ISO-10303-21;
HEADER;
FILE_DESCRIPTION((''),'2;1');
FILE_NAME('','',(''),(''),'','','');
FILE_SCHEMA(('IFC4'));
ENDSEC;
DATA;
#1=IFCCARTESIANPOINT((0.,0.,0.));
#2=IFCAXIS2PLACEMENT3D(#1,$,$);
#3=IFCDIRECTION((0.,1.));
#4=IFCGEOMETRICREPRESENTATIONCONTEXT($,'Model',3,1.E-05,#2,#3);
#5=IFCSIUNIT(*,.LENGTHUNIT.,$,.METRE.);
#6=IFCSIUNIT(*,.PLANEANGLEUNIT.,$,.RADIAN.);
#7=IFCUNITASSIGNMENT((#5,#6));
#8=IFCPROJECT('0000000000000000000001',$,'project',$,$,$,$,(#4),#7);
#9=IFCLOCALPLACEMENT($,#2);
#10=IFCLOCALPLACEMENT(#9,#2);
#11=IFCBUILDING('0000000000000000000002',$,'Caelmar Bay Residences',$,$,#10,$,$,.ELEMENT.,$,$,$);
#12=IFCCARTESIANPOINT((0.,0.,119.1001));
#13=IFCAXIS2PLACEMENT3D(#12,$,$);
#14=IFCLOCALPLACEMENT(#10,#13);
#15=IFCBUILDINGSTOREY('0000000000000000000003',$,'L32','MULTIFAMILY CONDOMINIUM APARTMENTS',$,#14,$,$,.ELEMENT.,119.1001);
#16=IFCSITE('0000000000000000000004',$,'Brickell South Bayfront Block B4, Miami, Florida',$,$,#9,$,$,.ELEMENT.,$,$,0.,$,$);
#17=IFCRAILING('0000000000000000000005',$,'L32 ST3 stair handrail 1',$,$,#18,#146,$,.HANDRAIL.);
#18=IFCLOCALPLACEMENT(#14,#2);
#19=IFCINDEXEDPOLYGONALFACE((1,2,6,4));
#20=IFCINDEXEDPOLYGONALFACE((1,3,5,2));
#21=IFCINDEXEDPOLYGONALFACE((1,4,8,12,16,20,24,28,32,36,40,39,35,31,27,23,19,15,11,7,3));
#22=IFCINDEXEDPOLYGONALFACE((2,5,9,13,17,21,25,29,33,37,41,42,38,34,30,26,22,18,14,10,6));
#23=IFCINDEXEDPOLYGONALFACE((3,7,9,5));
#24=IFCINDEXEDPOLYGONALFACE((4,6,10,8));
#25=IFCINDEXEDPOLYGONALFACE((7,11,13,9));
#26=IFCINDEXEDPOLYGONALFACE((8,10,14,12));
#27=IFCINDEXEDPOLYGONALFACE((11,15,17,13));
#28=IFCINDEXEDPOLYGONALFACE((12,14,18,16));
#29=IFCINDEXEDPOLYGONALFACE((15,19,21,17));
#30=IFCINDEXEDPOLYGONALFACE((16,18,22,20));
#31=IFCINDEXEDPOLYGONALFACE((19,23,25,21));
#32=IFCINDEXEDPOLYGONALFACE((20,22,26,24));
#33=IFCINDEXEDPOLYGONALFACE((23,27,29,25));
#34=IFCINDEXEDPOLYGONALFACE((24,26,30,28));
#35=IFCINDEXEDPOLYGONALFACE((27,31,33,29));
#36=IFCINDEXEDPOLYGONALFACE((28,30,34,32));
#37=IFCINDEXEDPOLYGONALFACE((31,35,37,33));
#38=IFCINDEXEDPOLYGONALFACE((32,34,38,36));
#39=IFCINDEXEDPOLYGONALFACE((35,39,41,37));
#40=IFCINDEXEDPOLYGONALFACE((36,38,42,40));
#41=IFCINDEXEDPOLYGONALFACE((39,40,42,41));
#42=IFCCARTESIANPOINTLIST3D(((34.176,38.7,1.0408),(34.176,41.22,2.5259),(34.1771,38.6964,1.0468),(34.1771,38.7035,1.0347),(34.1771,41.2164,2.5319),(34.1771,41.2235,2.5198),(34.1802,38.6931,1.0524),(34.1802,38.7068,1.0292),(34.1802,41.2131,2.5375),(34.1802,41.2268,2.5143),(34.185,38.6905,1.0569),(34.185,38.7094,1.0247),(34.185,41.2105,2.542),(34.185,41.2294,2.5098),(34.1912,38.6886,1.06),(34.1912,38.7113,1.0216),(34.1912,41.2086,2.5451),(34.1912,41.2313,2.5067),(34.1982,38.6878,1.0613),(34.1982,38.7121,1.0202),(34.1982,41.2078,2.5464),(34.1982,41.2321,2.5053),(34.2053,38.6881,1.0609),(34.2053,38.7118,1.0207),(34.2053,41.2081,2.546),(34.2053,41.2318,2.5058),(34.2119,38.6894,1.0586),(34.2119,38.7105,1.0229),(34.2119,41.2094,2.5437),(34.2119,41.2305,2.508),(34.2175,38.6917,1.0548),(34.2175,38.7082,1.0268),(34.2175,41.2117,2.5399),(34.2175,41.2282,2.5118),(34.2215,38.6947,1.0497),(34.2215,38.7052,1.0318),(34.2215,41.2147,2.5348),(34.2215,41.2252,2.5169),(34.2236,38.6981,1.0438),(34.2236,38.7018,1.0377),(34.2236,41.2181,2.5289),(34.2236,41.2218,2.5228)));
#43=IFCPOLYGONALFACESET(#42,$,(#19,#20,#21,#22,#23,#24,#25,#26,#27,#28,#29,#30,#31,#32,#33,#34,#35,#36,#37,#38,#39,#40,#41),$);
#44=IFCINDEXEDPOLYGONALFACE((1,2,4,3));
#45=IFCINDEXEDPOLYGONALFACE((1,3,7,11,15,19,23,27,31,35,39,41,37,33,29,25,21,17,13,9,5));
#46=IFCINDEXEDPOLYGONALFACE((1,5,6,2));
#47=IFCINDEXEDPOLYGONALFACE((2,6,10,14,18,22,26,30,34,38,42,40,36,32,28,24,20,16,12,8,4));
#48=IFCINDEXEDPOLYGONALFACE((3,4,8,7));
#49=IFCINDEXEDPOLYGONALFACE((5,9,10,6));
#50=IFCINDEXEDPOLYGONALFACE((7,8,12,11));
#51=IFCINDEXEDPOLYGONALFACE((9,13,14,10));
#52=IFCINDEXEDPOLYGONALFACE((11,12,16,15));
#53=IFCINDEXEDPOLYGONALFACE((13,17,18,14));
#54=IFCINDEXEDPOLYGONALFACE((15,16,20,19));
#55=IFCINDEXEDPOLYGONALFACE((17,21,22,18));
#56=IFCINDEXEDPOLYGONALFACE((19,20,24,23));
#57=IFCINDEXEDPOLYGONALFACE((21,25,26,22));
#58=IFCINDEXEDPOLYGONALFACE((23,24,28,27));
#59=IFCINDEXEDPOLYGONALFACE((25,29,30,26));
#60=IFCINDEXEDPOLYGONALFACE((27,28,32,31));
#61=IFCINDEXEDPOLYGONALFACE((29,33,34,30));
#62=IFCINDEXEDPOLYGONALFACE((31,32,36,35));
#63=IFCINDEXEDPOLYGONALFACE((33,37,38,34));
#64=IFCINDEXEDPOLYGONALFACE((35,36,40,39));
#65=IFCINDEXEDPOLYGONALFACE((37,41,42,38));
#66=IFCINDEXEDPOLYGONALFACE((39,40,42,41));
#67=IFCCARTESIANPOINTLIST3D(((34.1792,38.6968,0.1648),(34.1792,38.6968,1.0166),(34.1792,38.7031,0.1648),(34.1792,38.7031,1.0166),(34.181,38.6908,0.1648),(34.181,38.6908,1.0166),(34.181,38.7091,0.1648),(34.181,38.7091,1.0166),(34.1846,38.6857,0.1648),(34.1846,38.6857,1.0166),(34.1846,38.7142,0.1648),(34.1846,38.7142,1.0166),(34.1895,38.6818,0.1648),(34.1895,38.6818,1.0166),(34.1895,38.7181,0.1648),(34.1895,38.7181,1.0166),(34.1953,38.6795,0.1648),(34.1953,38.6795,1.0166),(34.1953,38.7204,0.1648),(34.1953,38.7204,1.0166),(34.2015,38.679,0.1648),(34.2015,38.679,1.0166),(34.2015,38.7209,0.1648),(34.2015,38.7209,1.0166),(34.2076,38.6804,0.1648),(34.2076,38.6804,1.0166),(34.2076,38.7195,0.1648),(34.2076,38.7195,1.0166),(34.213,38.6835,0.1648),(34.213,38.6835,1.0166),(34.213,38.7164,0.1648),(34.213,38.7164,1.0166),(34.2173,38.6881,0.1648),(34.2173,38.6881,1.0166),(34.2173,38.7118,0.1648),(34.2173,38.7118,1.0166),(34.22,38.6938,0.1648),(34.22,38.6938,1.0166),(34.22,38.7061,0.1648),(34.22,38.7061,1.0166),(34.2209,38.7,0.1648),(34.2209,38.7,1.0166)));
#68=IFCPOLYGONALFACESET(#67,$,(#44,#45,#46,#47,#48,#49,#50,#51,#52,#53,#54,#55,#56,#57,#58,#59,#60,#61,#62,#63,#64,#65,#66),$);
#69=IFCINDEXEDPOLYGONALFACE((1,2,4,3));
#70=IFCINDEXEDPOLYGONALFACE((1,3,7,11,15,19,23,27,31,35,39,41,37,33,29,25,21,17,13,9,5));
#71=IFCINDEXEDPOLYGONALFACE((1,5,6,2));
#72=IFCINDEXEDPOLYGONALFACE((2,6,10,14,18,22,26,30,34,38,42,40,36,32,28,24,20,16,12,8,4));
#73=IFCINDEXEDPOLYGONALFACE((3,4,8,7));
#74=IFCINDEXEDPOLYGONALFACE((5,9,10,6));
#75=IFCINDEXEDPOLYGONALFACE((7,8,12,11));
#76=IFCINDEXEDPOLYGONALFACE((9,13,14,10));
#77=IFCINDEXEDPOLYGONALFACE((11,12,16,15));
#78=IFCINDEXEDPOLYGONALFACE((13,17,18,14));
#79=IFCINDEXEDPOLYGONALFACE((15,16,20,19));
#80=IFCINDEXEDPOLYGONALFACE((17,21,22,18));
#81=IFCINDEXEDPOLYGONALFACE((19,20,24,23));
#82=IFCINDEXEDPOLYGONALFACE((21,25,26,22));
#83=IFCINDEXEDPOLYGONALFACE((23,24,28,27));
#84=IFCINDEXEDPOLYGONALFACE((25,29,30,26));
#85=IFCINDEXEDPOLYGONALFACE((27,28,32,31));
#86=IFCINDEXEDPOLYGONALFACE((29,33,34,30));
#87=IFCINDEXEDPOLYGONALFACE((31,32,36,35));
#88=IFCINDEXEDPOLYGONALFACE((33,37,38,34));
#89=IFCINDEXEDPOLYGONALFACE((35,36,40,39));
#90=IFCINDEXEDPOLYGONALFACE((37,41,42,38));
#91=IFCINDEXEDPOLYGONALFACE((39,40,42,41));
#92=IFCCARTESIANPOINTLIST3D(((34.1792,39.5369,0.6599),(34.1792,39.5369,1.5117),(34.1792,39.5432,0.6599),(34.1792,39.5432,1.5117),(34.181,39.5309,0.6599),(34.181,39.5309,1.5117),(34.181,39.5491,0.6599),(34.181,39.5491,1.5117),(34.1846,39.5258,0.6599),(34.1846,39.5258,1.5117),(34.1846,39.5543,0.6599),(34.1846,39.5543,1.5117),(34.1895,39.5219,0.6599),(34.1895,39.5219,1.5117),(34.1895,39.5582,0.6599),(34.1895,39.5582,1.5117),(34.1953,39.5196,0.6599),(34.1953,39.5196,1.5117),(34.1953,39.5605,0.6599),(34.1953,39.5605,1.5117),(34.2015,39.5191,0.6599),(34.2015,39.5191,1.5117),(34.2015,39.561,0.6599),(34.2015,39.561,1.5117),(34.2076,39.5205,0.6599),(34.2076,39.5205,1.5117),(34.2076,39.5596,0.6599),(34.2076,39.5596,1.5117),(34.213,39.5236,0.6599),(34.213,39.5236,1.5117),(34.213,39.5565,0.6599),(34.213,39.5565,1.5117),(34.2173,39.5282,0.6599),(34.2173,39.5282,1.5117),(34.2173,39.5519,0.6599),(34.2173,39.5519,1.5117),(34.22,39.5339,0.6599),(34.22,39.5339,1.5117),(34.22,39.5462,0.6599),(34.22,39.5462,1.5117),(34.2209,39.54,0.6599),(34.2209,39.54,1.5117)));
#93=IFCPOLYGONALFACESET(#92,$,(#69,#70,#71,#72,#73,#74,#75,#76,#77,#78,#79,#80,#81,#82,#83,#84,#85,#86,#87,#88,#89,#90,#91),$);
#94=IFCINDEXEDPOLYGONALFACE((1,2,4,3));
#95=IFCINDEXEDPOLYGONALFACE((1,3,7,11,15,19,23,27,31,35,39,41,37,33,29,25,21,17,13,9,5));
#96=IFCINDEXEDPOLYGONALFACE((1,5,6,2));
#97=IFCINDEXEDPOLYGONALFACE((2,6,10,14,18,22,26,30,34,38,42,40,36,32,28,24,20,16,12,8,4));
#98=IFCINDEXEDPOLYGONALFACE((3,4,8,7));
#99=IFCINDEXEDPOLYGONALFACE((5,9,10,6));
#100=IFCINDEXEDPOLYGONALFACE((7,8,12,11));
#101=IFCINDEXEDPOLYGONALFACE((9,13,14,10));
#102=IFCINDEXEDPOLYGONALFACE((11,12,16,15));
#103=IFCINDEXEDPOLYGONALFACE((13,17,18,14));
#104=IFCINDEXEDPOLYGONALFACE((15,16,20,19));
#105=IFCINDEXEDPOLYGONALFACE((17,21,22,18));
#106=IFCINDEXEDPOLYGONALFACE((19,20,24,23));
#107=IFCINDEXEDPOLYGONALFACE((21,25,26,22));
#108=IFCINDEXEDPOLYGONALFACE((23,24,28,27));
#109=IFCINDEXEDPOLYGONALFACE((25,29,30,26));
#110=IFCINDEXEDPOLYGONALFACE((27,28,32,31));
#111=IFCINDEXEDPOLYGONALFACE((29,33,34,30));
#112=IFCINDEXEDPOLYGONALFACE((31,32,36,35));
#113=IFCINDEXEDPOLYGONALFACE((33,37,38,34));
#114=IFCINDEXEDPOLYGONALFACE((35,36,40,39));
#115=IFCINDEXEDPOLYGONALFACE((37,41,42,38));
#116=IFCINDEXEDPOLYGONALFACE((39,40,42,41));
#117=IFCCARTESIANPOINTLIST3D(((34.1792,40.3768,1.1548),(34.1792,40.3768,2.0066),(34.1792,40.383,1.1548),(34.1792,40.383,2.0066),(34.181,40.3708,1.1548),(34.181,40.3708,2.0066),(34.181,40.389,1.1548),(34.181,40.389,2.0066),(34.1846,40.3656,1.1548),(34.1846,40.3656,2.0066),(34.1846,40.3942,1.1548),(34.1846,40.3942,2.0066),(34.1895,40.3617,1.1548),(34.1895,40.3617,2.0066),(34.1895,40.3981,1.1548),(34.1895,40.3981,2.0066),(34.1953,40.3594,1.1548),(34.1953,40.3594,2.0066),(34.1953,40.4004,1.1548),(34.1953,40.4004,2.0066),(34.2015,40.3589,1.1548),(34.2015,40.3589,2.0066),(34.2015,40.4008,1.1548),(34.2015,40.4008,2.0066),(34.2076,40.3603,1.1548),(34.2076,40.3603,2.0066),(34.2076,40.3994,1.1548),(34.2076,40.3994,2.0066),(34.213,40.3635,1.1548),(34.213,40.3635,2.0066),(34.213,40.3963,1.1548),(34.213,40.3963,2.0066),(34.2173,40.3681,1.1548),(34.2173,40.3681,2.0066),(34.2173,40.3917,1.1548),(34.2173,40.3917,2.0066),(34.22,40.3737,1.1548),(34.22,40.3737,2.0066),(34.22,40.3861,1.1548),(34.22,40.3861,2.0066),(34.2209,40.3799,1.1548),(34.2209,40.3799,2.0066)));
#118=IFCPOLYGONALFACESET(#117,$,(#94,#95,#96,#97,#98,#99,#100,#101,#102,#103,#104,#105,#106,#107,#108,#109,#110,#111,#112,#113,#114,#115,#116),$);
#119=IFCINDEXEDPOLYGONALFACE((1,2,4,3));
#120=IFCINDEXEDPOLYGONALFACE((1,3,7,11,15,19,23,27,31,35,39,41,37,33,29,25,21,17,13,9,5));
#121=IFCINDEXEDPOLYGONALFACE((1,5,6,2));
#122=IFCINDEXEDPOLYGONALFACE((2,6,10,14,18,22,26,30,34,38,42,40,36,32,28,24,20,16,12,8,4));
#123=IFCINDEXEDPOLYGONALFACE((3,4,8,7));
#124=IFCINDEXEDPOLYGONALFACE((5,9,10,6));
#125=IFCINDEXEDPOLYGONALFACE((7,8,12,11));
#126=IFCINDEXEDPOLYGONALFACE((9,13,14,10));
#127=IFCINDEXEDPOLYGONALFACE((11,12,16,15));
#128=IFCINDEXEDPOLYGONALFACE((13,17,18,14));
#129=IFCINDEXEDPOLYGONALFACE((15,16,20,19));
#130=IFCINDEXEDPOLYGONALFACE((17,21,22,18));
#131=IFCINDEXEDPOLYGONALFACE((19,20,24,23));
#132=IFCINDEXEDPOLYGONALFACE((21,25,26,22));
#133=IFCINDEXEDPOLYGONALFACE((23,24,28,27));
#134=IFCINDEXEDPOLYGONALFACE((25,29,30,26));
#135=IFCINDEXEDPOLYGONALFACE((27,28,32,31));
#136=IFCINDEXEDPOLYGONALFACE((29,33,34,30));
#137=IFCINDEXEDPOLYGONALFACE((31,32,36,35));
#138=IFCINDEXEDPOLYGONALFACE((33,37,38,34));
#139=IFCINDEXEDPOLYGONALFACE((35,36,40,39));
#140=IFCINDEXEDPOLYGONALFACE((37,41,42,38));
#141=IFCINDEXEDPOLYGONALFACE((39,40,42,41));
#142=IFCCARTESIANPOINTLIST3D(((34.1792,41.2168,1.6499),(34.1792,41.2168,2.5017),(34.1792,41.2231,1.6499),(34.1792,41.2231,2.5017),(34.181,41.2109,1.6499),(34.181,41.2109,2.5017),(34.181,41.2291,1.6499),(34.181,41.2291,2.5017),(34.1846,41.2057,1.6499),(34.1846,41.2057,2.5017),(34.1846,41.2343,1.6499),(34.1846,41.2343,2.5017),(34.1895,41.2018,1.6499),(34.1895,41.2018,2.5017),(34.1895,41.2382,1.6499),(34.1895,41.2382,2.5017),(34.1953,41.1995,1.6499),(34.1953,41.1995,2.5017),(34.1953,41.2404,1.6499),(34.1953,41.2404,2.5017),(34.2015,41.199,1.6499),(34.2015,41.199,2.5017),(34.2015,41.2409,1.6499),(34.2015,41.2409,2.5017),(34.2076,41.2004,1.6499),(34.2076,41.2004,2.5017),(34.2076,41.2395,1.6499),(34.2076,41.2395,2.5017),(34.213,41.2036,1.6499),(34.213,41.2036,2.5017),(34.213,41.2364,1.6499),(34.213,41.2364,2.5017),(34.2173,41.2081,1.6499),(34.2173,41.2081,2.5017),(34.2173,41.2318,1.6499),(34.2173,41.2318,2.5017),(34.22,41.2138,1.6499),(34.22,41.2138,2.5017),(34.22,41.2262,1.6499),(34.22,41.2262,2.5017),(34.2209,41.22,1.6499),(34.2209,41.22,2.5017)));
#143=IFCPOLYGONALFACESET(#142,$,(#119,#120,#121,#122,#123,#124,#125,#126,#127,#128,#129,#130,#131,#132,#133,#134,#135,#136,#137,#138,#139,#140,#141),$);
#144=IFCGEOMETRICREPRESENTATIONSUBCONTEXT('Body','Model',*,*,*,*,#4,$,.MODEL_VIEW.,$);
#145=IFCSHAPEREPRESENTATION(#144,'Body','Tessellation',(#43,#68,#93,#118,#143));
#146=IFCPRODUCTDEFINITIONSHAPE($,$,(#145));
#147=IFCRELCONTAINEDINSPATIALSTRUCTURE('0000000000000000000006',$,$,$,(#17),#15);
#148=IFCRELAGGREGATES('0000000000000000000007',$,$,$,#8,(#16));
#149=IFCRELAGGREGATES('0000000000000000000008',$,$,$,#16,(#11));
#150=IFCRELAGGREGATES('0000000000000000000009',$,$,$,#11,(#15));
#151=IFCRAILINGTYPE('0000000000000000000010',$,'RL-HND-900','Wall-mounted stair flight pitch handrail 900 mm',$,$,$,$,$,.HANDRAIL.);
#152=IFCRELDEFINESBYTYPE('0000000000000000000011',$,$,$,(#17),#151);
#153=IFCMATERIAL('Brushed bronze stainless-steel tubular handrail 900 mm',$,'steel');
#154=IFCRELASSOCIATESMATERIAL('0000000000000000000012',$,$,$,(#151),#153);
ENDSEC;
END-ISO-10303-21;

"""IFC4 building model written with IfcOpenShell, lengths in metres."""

from ifc_helpers import new_model, si_unit, direction, frame, origin, origin_2d, place, context, subcontext, project, spatial, circle, extrude, material, type_object, element, save


model = new_model("IFC4")

# Units and contexts
model_context = context("Model", 3, precision=1e-05, world=origin(), true_north=direction((0.0, 1.0)))
body_context = subcontext(model_context, "Body", "Model", "MODEL_VIEW")
ifc_project = project(units=[si_unit("LENGTHUNIT", "METRE"), si_unit("PLANEANGLEUNIT", "RADIAN")], contexts=[model_context])

# Site, building, storey
site_placement = place(None, origin())
site = spatial("IfcSite", under=ifc_project, at=site_placement, Name="Brickell South Bayfront Block B4, Miami, Florida", CompositionType="ELEMENT", RefElevation=0.0)
building_placement = place(site_placement, origin())
building = spatial("IfcBuilding", under=site, at=building_placement, Name="Caelmar Bay Residences", CompositionType="ELEMENT")
storey_placement = place(building_placement, frame((0.0, 0.0, 119.1001)))
storey = spatial("IfcBuildingStorey", under=building, at=storey_placement, Name="L32", Description="MULTIFAMILY CONDOMINIUM APARTMENTS", CompositionType="ELEMENT", Elevation=119.1001)

# Railing
ifc_material_1 = material(Name="Brushed bronze stainless-steel tubular handrail 900 mm", Category="steel")
railing_type_1 = type_object("IfcRailingType", Name="RL-HND-900", Description="Wall-mounted stair flight pitch handrail 900 mm", PredefinedType="HANDRAIL", material=ifc_material_1)
railing_1_placement = place(storey_placement, frame((34.2, 38.7, 0.1648)))
element("IfcRailing", 1, at=railing_1_placement, inside=storey, type_object=railing_type_1, Name="L32 ST3 stair handrail 1", PredefinedType="HANDRAIL", context=body_context, shape_type="SweptSolid", body=[
    extrude(circle(Radius=0.0239, at=origin_2d()), frame((0.0, 0.0, 0.876), z_axis=(0.0, 0.861524, 0.507717), x_axis=(-1.0, 0.0, 0.0)), (0.0, 0.0, 1.0), 2.925),
    extrude(circle(Radius=0.021, at=origin_2d()), origin(), (0.0, 0.0, 1.0), 0.8518),
    extrude(circle(Radius=0.021, at=origin_2d()), frame((0.0, 0.8401, 0.4951)), (0.0, 0.0, 1.0), 0.8518),
    extrude(circle(Radius=0.021, at=origin_2d()), frame((0.0, 1.6799, 0.99)), (0.0, 0.0, 1.0), 0.8518),
    extrude(circle(Radius=0.021, at=origin_2d()), frame((0.0, 2.52, 1.4851)), (0.0, 0.0, 1.0), 0.8518),
])

save(model, "model.ifc")
